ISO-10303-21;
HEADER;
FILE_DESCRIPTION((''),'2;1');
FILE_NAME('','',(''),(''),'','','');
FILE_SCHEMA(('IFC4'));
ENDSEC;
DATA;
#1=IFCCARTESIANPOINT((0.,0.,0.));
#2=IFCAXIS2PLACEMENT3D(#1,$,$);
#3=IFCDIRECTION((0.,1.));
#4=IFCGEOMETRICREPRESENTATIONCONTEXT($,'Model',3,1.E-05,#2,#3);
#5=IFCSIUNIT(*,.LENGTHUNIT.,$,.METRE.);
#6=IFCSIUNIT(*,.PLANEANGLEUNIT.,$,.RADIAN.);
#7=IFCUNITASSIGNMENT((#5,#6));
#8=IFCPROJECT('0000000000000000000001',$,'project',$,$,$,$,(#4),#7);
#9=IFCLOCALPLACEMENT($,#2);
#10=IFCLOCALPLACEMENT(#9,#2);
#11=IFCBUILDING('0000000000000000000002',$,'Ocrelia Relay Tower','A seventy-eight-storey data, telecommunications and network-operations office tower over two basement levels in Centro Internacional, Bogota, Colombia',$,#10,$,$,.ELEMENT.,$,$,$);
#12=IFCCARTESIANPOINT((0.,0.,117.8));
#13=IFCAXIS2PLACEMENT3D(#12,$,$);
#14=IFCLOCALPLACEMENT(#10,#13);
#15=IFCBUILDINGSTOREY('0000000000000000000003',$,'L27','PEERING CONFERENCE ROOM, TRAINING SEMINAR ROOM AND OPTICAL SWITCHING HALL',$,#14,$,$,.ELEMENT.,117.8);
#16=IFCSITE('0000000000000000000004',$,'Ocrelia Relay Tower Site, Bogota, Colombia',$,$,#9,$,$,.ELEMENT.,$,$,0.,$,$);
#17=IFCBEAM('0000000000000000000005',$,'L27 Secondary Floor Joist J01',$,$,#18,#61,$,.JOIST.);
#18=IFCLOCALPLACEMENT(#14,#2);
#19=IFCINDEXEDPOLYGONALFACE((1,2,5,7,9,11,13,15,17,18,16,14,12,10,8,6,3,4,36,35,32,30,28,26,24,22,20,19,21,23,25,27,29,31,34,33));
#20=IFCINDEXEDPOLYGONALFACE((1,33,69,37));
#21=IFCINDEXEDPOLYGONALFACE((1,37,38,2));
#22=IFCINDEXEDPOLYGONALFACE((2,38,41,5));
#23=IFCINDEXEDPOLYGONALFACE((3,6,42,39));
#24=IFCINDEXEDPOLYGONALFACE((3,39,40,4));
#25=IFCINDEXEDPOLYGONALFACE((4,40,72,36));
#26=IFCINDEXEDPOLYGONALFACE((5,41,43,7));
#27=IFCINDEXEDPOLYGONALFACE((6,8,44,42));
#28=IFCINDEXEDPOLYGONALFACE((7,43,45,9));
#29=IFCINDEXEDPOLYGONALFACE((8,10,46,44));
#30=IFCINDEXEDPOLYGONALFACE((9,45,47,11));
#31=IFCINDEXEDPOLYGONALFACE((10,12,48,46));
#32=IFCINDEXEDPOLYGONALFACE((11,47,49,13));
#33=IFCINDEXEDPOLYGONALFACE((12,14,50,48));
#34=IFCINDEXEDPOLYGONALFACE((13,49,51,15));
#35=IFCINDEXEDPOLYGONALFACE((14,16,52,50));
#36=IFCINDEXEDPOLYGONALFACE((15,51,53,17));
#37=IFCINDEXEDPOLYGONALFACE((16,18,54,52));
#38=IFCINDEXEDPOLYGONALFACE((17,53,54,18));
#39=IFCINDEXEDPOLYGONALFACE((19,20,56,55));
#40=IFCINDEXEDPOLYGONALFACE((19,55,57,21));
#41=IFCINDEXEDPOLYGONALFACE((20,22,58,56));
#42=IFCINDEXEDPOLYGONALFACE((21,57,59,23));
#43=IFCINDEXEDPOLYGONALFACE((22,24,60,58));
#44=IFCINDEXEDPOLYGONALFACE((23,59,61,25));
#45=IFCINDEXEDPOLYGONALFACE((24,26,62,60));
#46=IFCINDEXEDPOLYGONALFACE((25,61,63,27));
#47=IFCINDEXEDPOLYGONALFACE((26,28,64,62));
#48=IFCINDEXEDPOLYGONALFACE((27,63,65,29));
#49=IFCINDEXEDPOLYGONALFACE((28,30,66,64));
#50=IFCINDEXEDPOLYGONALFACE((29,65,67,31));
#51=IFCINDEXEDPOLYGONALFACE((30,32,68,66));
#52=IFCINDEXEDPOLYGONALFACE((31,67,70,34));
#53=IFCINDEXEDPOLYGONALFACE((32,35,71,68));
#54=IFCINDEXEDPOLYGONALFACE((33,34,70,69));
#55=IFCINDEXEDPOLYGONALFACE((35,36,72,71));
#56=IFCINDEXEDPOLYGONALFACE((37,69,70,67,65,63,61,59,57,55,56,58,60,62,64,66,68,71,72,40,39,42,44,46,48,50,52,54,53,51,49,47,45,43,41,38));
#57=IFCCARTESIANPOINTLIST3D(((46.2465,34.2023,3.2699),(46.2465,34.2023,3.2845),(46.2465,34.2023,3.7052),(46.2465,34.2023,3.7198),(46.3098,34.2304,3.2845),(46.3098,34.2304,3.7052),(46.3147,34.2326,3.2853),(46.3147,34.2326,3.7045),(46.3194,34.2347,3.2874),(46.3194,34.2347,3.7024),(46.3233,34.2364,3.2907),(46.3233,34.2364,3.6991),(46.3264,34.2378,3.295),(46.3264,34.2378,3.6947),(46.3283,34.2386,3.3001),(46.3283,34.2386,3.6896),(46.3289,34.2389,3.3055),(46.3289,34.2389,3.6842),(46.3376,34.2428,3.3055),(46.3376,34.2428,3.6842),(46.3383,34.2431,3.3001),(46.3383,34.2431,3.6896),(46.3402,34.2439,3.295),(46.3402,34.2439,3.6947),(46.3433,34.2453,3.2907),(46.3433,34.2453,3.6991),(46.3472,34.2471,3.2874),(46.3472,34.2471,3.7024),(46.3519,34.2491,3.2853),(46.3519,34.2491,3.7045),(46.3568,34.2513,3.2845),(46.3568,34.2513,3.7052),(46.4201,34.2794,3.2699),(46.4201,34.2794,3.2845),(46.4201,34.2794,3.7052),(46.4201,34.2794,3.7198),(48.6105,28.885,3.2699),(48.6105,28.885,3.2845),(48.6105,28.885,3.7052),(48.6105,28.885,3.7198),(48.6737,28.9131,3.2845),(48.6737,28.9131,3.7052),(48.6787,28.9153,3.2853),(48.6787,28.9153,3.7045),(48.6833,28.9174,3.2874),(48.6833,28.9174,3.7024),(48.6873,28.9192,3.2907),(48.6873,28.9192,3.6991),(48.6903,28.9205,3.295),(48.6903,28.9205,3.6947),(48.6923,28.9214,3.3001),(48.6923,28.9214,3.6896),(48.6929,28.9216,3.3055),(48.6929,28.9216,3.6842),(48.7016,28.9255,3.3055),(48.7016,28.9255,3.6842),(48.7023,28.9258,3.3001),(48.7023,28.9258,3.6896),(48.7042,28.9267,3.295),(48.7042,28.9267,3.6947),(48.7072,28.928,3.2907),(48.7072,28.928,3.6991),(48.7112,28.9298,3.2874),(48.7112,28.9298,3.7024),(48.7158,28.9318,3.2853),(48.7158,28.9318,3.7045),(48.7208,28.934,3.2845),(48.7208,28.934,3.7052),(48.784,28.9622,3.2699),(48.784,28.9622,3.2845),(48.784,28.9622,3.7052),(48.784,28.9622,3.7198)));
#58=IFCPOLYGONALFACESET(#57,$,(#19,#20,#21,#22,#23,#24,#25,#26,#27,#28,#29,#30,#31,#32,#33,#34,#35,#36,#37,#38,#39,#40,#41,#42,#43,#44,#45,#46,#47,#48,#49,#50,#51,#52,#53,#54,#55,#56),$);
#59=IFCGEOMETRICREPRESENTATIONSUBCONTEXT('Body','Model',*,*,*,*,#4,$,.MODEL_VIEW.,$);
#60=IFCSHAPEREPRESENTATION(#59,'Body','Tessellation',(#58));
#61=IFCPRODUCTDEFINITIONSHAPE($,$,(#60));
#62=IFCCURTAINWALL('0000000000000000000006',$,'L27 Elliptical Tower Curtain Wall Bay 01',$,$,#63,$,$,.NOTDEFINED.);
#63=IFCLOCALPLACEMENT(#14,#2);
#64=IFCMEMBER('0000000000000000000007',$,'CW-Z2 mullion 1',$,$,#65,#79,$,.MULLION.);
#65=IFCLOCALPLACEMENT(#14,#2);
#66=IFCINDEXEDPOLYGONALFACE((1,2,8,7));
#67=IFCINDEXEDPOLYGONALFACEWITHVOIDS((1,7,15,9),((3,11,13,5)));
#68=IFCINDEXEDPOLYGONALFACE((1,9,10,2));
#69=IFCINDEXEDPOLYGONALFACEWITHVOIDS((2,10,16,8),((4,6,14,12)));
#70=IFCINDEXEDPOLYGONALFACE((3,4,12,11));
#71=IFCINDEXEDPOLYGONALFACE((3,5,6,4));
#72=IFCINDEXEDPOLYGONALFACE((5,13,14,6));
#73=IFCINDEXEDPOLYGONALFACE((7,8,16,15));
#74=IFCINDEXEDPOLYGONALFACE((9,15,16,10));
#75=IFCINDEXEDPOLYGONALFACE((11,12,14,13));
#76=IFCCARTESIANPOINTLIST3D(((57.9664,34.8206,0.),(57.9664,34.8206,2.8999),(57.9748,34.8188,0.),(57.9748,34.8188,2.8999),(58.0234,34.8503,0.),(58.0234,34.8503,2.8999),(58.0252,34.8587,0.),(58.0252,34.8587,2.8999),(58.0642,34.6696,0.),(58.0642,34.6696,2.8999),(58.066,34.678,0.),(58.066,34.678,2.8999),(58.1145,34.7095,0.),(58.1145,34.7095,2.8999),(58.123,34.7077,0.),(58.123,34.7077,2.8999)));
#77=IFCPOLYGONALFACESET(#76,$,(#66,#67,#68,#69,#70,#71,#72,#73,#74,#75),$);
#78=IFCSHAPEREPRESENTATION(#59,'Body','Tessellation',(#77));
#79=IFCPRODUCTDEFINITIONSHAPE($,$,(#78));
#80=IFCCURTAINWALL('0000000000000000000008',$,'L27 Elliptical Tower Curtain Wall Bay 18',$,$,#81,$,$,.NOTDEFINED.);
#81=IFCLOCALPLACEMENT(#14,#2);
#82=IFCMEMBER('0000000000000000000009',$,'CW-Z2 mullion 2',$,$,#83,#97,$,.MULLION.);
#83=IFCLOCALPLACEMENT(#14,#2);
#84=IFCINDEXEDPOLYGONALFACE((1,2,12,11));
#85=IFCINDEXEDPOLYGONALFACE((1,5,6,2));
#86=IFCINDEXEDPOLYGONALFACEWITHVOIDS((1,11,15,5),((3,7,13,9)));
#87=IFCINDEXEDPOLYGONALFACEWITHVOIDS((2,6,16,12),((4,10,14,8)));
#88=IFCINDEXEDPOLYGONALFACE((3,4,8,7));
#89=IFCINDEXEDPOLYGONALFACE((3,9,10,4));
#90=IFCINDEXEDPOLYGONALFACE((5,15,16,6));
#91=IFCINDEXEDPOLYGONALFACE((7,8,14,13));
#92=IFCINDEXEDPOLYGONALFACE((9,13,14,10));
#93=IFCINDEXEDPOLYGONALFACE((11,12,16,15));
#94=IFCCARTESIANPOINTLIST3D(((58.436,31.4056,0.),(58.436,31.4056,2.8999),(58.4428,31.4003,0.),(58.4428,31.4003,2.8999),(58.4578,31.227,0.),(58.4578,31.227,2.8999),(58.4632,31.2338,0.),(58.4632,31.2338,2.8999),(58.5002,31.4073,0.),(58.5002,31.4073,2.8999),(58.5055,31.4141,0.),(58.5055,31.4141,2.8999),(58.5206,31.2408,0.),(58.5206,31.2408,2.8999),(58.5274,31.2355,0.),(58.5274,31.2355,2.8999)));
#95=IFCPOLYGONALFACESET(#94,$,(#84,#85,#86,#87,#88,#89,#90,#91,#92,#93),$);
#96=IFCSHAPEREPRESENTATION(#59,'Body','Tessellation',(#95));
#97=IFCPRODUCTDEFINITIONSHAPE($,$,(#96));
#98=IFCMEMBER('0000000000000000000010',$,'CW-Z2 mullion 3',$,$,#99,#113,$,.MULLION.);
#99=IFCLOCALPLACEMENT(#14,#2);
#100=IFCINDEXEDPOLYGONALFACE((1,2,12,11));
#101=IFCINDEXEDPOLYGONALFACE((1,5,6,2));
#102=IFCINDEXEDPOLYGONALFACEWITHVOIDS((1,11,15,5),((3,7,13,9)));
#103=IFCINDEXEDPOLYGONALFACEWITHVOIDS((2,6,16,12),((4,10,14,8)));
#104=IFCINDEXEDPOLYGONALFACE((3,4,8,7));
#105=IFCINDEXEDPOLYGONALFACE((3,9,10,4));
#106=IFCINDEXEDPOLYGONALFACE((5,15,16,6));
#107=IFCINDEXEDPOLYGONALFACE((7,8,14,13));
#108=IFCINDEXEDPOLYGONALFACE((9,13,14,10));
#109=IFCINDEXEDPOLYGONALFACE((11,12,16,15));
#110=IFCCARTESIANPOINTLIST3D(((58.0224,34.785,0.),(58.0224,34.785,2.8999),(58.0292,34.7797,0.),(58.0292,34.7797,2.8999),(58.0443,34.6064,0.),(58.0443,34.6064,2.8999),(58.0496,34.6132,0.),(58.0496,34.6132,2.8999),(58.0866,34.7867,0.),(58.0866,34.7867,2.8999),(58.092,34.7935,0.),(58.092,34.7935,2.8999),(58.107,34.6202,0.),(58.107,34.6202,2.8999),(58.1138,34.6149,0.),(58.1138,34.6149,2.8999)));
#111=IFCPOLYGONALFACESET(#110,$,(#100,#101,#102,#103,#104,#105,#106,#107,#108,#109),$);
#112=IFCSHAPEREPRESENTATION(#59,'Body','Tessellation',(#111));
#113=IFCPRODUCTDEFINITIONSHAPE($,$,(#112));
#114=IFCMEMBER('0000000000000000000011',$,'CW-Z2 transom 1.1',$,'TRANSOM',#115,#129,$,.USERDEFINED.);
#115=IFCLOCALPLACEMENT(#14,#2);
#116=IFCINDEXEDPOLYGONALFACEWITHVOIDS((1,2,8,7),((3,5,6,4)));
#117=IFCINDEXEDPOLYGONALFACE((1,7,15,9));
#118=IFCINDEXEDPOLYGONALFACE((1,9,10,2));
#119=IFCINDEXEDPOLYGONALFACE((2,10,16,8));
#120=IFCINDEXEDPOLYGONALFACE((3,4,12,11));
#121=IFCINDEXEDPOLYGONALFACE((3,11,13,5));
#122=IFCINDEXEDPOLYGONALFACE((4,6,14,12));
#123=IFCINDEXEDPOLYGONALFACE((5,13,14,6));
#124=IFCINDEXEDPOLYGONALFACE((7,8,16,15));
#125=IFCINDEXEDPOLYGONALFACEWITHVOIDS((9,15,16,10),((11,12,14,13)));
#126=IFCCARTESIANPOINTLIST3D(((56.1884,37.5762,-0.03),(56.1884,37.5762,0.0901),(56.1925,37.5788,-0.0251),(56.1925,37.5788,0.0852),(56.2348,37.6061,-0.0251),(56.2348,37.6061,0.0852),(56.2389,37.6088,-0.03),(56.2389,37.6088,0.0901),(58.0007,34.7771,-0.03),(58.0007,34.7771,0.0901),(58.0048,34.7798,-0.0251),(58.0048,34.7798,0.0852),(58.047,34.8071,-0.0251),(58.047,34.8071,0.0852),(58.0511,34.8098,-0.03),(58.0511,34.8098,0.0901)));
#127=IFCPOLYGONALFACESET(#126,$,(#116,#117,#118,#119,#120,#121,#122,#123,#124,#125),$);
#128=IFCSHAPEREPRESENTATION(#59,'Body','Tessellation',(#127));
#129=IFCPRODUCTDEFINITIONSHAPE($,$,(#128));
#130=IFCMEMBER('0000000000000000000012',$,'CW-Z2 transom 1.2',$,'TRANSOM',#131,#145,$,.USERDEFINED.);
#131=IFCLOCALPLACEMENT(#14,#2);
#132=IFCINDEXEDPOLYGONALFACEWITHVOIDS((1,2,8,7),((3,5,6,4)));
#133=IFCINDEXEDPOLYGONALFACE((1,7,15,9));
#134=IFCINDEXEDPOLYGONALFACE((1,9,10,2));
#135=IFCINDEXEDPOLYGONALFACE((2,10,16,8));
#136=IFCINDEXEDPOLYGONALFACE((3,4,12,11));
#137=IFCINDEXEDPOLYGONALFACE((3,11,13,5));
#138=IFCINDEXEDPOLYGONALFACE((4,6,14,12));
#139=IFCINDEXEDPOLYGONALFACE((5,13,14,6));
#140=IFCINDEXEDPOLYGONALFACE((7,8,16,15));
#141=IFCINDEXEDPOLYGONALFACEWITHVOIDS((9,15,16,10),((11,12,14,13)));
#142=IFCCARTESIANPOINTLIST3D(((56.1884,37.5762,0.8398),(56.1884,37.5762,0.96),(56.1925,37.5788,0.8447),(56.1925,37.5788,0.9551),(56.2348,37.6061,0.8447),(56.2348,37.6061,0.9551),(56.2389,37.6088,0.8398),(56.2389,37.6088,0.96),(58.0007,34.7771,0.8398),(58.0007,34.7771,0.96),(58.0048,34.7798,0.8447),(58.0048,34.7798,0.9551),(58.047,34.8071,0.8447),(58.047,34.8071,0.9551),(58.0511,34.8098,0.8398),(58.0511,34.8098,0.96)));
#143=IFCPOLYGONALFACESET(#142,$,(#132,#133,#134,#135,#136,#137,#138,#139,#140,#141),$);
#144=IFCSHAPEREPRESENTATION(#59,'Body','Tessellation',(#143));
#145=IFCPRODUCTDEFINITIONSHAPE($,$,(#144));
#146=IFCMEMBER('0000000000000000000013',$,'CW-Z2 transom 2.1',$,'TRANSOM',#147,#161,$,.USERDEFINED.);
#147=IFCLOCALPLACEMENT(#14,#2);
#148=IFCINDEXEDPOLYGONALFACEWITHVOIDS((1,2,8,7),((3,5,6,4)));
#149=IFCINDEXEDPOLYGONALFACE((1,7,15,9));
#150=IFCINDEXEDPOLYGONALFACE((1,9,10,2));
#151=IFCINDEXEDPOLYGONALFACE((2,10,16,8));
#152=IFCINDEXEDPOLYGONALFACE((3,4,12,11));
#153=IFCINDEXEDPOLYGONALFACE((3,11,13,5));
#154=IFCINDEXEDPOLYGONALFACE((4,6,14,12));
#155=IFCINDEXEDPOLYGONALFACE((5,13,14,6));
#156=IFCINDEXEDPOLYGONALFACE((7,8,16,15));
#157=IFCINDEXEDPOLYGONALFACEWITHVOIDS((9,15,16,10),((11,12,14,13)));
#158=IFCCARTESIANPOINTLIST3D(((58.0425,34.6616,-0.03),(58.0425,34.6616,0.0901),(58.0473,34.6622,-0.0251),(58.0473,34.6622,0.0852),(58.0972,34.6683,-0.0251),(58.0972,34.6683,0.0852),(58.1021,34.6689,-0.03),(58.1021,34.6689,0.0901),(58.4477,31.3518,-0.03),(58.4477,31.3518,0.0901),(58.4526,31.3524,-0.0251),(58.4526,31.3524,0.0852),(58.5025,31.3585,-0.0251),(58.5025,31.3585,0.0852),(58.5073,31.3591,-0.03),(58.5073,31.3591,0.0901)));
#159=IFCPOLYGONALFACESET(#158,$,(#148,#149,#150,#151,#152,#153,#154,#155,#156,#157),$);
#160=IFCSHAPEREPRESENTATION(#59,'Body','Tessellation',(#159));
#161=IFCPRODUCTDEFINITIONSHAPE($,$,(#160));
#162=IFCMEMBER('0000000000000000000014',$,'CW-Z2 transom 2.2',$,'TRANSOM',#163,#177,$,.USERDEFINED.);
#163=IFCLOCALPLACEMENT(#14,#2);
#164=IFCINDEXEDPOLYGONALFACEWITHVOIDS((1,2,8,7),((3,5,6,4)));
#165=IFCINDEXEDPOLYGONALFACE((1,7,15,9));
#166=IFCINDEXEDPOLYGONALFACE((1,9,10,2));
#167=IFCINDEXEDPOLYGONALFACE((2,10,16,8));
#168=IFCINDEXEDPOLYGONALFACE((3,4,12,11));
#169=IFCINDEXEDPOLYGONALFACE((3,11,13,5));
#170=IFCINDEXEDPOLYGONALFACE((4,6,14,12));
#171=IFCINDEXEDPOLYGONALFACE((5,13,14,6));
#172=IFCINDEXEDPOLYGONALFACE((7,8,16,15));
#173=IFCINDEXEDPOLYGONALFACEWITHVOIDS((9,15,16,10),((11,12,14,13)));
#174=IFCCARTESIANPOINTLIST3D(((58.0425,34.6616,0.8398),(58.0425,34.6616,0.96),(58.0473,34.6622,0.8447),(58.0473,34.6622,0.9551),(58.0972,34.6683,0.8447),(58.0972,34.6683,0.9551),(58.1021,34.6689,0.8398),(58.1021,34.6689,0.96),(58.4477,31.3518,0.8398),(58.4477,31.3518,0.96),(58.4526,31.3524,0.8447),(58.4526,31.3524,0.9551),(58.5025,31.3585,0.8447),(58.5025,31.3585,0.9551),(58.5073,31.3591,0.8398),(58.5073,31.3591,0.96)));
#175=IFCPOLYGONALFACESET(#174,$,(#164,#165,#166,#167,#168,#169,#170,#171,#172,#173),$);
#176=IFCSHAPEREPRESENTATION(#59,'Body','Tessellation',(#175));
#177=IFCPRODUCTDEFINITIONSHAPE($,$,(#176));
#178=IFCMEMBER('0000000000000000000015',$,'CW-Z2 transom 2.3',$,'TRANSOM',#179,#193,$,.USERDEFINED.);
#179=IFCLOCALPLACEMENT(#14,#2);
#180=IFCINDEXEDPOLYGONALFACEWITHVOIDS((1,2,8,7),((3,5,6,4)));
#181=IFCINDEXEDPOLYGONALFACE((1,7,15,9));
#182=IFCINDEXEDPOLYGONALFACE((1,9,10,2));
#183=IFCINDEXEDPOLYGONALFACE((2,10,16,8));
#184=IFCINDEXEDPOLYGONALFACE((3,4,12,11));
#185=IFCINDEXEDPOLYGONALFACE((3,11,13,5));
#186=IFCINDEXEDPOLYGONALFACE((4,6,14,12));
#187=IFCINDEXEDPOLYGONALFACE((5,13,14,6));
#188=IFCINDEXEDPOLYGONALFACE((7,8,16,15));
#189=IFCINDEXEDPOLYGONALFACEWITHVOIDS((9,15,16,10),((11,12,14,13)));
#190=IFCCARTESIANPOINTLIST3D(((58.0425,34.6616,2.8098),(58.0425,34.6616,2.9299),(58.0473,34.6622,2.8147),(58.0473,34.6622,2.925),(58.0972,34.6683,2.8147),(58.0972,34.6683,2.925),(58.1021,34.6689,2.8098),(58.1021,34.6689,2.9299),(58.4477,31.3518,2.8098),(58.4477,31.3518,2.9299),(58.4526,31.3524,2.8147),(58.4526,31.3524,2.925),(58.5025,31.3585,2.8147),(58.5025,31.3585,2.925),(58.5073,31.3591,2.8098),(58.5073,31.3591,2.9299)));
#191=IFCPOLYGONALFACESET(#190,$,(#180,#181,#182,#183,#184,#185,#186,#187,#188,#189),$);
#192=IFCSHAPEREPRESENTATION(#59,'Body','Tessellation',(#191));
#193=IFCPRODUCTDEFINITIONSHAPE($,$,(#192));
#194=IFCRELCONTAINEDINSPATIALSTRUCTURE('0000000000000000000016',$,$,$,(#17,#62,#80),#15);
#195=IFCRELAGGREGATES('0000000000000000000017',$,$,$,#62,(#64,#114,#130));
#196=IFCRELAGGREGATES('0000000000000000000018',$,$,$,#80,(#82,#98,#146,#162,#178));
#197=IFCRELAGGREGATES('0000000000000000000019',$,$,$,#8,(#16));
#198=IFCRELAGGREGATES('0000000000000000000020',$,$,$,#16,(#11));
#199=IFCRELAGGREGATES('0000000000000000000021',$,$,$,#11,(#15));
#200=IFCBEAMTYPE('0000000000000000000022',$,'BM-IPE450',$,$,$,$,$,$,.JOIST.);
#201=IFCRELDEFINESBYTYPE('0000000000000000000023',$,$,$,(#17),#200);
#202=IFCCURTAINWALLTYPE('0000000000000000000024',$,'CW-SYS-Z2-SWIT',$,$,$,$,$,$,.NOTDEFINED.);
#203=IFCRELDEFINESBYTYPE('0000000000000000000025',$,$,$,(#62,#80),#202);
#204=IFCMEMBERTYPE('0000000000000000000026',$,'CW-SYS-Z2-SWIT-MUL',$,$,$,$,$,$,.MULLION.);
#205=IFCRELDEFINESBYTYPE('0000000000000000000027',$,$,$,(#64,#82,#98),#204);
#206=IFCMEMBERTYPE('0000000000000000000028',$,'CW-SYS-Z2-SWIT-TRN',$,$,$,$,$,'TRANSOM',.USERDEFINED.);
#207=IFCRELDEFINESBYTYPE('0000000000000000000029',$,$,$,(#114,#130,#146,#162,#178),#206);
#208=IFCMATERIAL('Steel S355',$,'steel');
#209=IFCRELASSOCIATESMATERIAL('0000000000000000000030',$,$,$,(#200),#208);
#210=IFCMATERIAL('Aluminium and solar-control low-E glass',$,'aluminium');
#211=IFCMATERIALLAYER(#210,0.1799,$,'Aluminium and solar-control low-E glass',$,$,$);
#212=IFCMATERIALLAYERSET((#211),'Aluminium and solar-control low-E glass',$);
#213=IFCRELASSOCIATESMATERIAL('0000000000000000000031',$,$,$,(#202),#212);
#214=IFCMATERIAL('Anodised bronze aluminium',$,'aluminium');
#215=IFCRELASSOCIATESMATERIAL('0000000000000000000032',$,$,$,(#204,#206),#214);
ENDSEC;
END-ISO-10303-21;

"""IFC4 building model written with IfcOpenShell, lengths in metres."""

from ifc_helpers import new_model, si_unit, direction, frame, origin, origin_2d, place, context, subcontext, project, spatial, hollow_rectangle, i_section, extrude, material, layer, layer_set, material_profile, profile_set, type_object, element, aggregate, save


model = new_model("IFC4")

# Units and contexts
model_context = context("Model", 3, precision=1e-05, world=origin(), true_north=direction((0.0, 1.0)))
body_context = subcontext(model_context, "Body", "Model", "MODEL_VIEW")
ifc_project = project(units=[si_unit("LENGTHUNIT", "METRE"), si_unit("PLANEANGLEUNIT", "RADIAN")], contexts=[model_context])

# Site, building, storey
site_placement = place(None, origin())
site = spatial("IfcSite", under=ifc_project, at=site_placement, Name="Ocrelia Relay Tower Site, Bogota, Colombia", CompositionType="ELEMENT", RefElevation=0.0)
building_placement = place(site_placement, origin())
building = spatial("IfcBuilding", under=site, at=building_placement, Name="Ocrelia Relay Tower", Description="A seventy-eight-storey data, telecommunications and network-operations office tower over two basement levels in Centro Internacional, Bogota, Colombia", CompositionType="ELEMENT")
storey_placement = place(building_placement, frame((0.0, 0.0, 117.8)))
storey = spatial("IfcBuildingStorey", under=building, at=storey_placement, Name="L27", Description="PEERING CONFERENCE ROOM, TRAINING SEMINAR ROOM AND OPTICAL SWITCHING HALL", CompositionType="ELEMENT", Elevation=117.8)

# Beam
ifc_material_1 = material(Name="Steel S355", Category="steel")
ifc_material_profile_1 = material_profile(ifc_material_1, i_section(OverallWidth=0.1899, OverallDepth=0.45, WebThickness=0.0095, FlangeThickness=0.0146, FilletRadius=0.021, at=origin_2d()), Name="IPE 450")
ifc_profile_set_1 = profile_set([ifc_material_profile_1], Name="Steel S355")
beam_type_1 = type_object("IfcBeamType", Name="BM-IPE450", PredefinedType="JOIST", material=ifc_profile_set_1)
beam_1_placement = place(storey_placement, frame((48.6973, 28.9236, 3.4949), z_axis=(-0.406244, 0.913765, 0.0), x_axis=(-0.913765, -0.406244, 0.0)))
element("IfcBeam", 1, at=beam_1_placement, inside=storey, type_object=beam_type_1, Name="L27 Secondary Floor Joist J01", PredefinedType="JOIST", context=body_context, shape_type="SweptSolid", body=[
    extrude(i_section(OverallWidth=0.1899, OverallDepth=0.45, WebThickness=0.0095, FlangeThickness=0.0146, FilletRadius=0.021, at=origin_2d()), origin(), (0.0, 0.0, 1.0), 5.8191),
])

# Curtain wall, member
ifc_material_2 = material(Name="Aluminium and solar-control low-E glass", Category="aluminium")
ifc_layer_1 = layer(ifc_material_2, 0.1799, Name="Aluminium and solar-control low-E glass")
ifc_layer_set_1 = layer_set([ifc_layer_1], Name="Aluminium and solar-control low-E glass")
curtain_wall_type = type_object("IfcCurtainWallType", Name="CW-SYS-Z2-SWIT", PredefinedType="NOTDEFINED", material=ifc_layer_set_1)
curtain_wall_1_placement = place(storey_placement, origin())
curtain_wall_1 = element("IfcCurtainWall", 2, at=curtain_wall_1_placement, inside=storey, type_object=curtain_wall_type, Name="L27 Elliptical Tower Curtain Wall Bay 01", PredefinedType="NOTDEFINED")
ifc_material_3 = material(Name="Anodised bronze aluminium", Category="aluminium")
ifc_material_profile_2 = material_profile(ifc_material_3, hollow_rectangle(XDim=0.0701, YDim=0.1799, WallThickness=0.0061, at=origin_2d()), Name="CW-MUL-180x70")
ifc_profile_set_2 = profile_set([ifc_material_profile_2], Name="Anodised bronze aluminium")
member_type_1 = type_object("IfcMemberType", Name="CW-SYS-Z2-SWIT-MUL", PredefinedType="MULLION", material=ifc_profile_set_2)
member_1_placement = place(storey_placement, frame((58.0447, 34.7642, 0.0), z_axis=(0.0, 0.0, 1.0), x_axis=(-0.839438, -0.543456, 0.0)))
member_1 = element("IfcMember", 3, at=member_1_placement, type_object=member_type_1, Name="CW-Z2 mullion 1", PredefinedType="MULLION", context=body_context, shape_type="SweptSolid", body=[
    extrude(hollow_rectangle(XDim=0.0701, YDim=0.1799, WallThickness=0.0061, at=origin_2d()), origin(), (0.0, 0.0, 1.0), 2.8999),
])

# Curtain wall, members
curtain_wall_2_placement = place(storey_placement, origin())
curtain_wall_2 = element("IfcCurtainWall", 4, at=curtain_wall_2_placement, inside=storey, type_object=curtain_wall_type, Name="L27 Elliptical Tower Curtain Wall Bay 18", PredefinedType="NOTDEFINED")
member_2_placement = place(storey_placement, frame((58.4817, 31.3206, 0.0), z_axis=(0.0, 0.0, 1.0), x_axis=(-0.992588, -0.121528, 0.0)))
member_2 = element("IfcMember", 5, at=member_2_placement, type_object=member_type_1, Name="CW-Z2 mullion 2", PredefinedType="MULLION", context=body_context, shape_type="SweptSolid", body=[
    extrude(hollow_rectangle(XDim=0.0701, YDim=0.1799, WallThickness=0.0061, at=origin_2d()), origin(), (0.0, 0.0, 1.0), 2.8999),
])
member_3_placement = place(storey_placement, frame((58.0681, 34.7, 0.0), z_axis=(0.0, 0.0, 1.0), x_axis=(-0.992588, -0.121528, 0.0)))
member_3 = element("IfcMember", 6, at=member_3_placement, type_object=member_type_1, Name="CW-Z2 mullion 3", PredefinedType="MULLION", context=body_context, shape_type="SweptSolid", body=[
    extrude(hollow_rectangle(XDim=0.0701, YDim=0.1799, WallThickness=0.0061, at=origin_2d()), origin(), (0.0, 0.0, 1.0), 2.8999),
])

# Members
ifc_material_profile_3 = material_profile(ifc_material_3, hollow_rectangle(XDim=0.0601, YDim=0.1201, WallThickness=0.0049, at=origin_2d()), Name="CW-TRN-120x60")
ifc_profile_set_3 = profile_set([ifc_material_profile_3], Name="Anodised bronze aluminium")
member_type_2 = type_object("IfcMemberType", Name="CW-SYS-Z2-SWIT-TRN", ElementType="TRANSOM", PredefinedType="USERDEFINED", material=ifc_profile_set_3)
member_4_placement = place(storey_placement, frame((58.0259, 34.7935, 0.03), z_axis=(-0.543482, 0.839421, 0.0), x_axis=(-0.839421, -0.543482, 0.0)))
member_4 = element("IfcMember", 7, at=member_4_placement, type_object=member_type_2, Name="CW-Z2 transom 1.1", ObjectType="TRANSOM", PredefinedType="USERDEFINED", context=body_context, shape_type="SweptSolid", body=[
    extrude(hollow_rectangle(XDim=0.0601, YDim=0.1201, WallThickness=0.0049, at=origin_2d()), origin(), (0.0, 0.0, 1.0), 3.3345),
])
member_5_placement = place(storey_placement, frame((58.0259, 34.7935, 0.8999), z_axis=(-0.543482, 0.839421, 0.0), x_axis=(-0.839421, -0.543482, 0.0)))
member_5 = element("IfcMember", 8, at=member_5_placement, type_object=member_type_2, Name="CW-Z2 transom 1.2", ObjectType="TRANSOM", PredefinedType="USERDEFINED", context=body_context, shape_type="SweptSolid", body=[
    extrude(hollow_rectangle(XDim=0.0601, YDim=0.1201, WallThickness=0.0049, at=origin_2d()), origin(), (0.0, 0.0, 1.0), 3.3345),
])
aggregate(curtain_wall_1, [member_1, member_4, member_5])
member_6_placement = place(storey_placement, frame((58.4775, 31.3555, 0.03), z_axis=(-0.121538, 0.992587, 0.0), x_axis=(-0.992587, -0.121538, 0.0)))
member_6 = element("IfcMember", 9, at=member_6_placement, type_object=member_type_2, Name="CW-Z2 transom 2.1", ObjectType="TRANSOM", PredefinedType="USERDEFINED", context=body_context, shape_type="SweptSolid", body=[
    extrude(hollow_rectangle(XDim=0.0601, YDim=0.1201, WallThickness=0.0049, at=origin_2d()), origin(), (0.0, 0.0, 1.0), 3.3345),
])
member_7_placement = place(storey_placement, frame((58.4775, 31.3555, 0.8999), z_axis=(-0.121538, 0.992587, 0.0), x_axis=(-0.992587, -0.121538, 0.0)))
member_7 = element("IfcMember", 10, at=member_7_placement, type_object=member_type_2, Name="CW-Z2 transom 2.2", ObjectType="TRANSOM", PredefinedType="USERDEFINED", context=body_context, shape_type="SweptSolid", body=[
    extrude(hollow_rectangle(XDim=0.0601, YDim=0.1201, WallThickness=0.0049, at=origin_2d()), origin(), (0.0, 0.0, 1.0), 3.3345),
])
member_8_placement = place(storey_placement, frame((58.4775, 31.3555, 2.8699), z_axis=(-0.121538, 0.992587, 0.0), x_axis=(-0.992587, -0.121538, 0.0)))
member_8 = element("IfcMember", 11, at=member_8_placement, type_object=member_type_2, Name="CW-Z2 transom 2.3", ObjectType="TRANSOM", PredefinedType="USERDEFINED", context=body_context, shape_type="SweptSolid", body=[
    extrude(hollow_rectangle(XDim=0.0601, YDim=0.1201, WallThickness=0.0049, at=origin_2d()), origin(), (0.0, 0.0, 1.0), 3.3345),
])

aggregate(curtain_wall_2, [member_2, member_3, member_6, member_7, member_8])

save(model, "model.ifc")
